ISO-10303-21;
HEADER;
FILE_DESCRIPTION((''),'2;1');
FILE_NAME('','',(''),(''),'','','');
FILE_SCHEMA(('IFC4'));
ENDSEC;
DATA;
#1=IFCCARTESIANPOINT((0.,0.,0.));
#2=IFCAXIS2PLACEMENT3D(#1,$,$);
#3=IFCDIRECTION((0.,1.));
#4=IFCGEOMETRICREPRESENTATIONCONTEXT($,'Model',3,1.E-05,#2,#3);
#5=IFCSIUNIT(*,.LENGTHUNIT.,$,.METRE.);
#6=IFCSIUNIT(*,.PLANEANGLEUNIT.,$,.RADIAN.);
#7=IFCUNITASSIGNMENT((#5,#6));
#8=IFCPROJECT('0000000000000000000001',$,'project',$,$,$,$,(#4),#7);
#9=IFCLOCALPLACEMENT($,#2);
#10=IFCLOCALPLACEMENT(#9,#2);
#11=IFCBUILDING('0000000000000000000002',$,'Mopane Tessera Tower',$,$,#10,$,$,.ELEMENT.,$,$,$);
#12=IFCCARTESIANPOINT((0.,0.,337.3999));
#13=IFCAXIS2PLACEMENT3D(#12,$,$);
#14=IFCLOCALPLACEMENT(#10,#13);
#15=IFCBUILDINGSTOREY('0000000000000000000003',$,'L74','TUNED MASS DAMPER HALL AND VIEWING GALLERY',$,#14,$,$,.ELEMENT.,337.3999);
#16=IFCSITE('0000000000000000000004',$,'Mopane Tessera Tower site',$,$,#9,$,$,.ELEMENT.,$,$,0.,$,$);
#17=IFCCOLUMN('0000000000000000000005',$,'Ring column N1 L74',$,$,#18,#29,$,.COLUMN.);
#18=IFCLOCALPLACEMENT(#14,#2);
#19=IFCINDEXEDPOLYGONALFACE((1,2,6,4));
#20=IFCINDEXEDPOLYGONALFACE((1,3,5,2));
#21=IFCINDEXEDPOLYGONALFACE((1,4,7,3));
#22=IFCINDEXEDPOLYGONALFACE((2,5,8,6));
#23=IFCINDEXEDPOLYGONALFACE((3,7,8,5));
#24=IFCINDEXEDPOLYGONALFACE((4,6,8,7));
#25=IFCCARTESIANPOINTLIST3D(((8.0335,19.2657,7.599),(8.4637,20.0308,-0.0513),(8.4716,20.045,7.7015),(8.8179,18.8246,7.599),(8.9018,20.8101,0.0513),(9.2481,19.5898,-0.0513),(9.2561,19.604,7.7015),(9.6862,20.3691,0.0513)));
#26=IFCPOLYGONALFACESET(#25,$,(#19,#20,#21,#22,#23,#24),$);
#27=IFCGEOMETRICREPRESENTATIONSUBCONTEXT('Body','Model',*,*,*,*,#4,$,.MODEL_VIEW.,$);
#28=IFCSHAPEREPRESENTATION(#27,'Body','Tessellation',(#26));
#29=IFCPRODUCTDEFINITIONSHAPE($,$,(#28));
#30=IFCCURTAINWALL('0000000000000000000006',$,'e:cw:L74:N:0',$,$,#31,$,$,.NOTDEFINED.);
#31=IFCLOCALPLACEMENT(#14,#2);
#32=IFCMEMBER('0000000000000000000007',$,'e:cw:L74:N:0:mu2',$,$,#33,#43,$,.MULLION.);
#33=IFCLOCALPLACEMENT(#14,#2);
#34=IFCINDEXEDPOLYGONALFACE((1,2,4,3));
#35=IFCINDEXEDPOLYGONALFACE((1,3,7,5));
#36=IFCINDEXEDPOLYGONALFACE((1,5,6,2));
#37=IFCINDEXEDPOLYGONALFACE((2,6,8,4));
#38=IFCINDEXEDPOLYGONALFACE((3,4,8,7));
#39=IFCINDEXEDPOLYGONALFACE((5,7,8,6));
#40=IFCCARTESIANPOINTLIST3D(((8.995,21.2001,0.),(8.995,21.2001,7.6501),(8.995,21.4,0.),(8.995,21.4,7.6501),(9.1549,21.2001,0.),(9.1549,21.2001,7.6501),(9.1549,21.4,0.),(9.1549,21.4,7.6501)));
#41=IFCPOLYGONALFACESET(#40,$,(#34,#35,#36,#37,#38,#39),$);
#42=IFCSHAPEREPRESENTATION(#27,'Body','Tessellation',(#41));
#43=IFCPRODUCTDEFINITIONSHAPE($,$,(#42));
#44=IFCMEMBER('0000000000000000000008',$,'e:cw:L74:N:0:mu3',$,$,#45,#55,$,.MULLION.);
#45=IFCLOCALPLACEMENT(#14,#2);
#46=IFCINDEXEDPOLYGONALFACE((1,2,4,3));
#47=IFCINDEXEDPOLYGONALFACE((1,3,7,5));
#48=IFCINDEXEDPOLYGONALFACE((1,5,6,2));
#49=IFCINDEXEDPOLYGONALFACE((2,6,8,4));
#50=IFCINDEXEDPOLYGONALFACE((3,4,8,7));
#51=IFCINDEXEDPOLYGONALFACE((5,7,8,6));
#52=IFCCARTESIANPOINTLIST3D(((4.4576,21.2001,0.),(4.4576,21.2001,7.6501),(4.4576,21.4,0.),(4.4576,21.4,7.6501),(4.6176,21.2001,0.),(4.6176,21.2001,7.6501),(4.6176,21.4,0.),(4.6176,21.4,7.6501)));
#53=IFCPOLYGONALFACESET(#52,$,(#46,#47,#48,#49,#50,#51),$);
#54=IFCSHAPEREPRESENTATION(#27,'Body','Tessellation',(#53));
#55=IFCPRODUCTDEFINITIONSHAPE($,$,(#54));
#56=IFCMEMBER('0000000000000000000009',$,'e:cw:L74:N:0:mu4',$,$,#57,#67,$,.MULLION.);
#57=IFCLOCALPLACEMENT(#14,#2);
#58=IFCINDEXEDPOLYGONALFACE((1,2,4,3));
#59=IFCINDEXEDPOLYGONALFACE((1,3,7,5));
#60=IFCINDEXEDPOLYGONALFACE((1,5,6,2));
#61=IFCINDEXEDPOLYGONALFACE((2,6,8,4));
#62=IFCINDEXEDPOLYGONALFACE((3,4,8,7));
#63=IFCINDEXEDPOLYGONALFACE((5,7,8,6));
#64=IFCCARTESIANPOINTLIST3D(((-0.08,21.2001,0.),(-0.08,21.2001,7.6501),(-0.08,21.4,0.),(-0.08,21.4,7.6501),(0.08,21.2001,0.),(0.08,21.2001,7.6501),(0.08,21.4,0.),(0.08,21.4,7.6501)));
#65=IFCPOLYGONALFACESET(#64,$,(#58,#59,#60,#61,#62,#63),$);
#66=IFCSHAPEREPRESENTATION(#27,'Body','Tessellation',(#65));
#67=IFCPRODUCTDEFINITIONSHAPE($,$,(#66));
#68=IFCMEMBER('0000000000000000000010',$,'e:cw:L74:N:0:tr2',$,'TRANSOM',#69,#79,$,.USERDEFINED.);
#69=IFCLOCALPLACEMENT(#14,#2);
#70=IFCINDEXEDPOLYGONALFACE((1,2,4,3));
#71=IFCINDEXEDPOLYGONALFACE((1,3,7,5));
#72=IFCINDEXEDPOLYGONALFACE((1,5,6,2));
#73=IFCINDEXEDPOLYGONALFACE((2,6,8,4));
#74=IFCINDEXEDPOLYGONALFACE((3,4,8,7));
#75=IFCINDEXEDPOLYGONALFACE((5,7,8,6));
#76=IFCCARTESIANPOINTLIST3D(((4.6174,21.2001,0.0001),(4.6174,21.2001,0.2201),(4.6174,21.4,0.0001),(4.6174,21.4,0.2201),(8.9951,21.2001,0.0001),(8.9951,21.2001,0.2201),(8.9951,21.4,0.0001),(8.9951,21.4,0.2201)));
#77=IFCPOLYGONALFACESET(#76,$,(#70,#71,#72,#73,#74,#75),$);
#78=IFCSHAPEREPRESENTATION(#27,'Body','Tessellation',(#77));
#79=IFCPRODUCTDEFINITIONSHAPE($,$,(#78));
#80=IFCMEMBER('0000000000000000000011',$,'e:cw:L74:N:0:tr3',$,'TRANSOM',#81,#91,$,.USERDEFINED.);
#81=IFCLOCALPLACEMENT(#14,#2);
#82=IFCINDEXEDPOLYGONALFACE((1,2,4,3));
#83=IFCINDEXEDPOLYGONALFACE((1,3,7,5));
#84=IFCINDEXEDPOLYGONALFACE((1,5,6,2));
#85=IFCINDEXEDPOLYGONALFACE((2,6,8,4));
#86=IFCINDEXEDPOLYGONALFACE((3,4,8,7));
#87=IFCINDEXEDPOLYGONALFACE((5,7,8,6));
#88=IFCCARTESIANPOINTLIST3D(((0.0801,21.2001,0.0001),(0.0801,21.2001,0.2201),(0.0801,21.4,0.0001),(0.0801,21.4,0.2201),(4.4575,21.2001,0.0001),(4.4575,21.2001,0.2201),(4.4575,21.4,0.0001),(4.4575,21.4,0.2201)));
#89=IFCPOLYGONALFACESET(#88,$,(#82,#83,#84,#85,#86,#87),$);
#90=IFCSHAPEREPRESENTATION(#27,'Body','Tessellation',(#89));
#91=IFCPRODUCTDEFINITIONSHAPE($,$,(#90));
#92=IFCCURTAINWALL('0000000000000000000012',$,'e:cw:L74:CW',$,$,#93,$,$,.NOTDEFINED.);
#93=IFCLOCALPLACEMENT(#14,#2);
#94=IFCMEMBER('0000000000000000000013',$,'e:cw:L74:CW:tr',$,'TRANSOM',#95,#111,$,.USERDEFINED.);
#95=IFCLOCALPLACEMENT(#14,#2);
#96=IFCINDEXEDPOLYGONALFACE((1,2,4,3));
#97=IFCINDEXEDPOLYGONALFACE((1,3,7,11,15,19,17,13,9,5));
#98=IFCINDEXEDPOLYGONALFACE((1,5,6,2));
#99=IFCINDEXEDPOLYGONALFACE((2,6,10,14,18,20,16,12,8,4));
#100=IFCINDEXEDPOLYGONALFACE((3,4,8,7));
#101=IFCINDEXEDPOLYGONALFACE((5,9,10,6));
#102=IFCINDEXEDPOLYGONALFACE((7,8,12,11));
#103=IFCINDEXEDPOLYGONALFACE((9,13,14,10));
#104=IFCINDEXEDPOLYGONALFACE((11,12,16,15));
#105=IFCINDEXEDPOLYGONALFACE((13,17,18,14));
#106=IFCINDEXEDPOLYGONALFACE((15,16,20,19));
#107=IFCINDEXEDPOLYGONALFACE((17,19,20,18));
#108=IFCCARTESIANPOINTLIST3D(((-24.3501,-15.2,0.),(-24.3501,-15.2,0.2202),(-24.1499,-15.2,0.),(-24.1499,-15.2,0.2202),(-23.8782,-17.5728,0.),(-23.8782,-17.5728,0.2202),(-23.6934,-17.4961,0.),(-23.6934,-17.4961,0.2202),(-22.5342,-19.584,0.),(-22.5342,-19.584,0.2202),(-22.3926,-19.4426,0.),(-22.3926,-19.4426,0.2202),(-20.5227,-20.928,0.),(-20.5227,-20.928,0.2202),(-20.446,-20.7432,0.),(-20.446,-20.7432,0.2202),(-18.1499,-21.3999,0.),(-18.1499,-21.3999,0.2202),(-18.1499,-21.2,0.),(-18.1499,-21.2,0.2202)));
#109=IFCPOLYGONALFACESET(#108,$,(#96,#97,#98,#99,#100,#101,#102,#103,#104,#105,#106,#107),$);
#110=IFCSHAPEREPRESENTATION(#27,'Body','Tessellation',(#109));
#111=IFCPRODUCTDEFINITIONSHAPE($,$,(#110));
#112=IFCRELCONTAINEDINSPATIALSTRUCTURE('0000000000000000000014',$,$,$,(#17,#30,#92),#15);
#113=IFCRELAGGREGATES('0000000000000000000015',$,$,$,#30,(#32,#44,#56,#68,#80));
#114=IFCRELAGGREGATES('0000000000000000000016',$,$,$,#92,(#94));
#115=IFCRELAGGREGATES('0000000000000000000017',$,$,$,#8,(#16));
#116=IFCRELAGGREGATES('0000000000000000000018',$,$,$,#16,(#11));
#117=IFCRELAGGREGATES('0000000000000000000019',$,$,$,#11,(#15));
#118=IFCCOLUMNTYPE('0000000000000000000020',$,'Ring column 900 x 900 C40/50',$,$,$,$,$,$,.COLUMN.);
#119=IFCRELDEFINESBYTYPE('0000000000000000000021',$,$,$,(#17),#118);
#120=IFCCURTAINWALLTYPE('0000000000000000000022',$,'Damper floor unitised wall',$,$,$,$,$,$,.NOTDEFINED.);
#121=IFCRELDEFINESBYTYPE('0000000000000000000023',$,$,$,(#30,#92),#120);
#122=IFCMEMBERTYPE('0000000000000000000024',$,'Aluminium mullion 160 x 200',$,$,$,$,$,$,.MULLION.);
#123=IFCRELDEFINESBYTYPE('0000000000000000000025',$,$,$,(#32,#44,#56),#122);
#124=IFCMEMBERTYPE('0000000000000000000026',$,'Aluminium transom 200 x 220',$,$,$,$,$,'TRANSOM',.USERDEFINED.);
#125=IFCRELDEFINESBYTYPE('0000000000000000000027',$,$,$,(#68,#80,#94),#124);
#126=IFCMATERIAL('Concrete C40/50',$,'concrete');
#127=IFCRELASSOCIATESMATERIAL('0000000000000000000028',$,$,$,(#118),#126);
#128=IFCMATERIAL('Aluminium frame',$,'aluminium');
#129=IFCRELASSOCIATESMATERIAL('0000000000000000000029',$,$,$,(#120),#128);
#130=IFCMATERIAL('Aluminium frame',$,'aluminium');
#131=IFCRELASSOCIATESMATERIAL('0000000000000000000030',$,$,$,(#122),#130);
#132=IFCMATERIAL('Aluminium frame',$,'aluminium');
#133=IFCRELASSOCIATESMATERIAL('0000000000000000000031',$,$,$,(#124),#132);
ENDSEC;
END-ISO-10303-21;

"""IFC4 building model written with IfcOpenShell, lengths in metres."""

from ifc_helpers import new_model, si_unit, direction, frame, origin, origin_2d, place, context, subcontext, project, spatial, polyline, rectangle, outline, extrude, material, material_profile, profile_set, type_object, element, aggregate, save


model = new_model("IFC4")

# Units and contexts
model_context = context("Model", 3, precision=1e-05, world=origin(), true_north=direction((0.0, 1.0)))
body_context = subcontext(model_context, "Body", "Model", "MODEL_VIEW")
ifc_project = project(units=[si_unit("LENGTHUNIT", "METRE"), si_unit("PLANEANGLEUNIT", "RADIAN")], contexts=[model_context])

# Site, building, storey
site_placement = place(None, origin())
site = spatial("IfcSite", under=ifc_project, at=site_placement, Name="Mopane Tessera Tower site", CompositionType="ELEMENT", RefElevation=0.0)
building_placement = place(site_placement, origin())
building = spatial("IfcBuilding", under=site, at=building_placement, Name="Mopane Tessera Tower", CompositionType="ELEMENT")
storey_placement = place(building_placement, frame((0.0, 0.0, 337.3999)))
storey = spatial("IfcBuildingStorey", under=building, at=storey_placement, Name="L74", Description="TUNED MASS DAMPER HALL AND VIEWING GALLERY", CompositionType="ELEMENT", Elevation=337.3999)

# Column
ifc_material_1 = material(Name="Concrete C40/50", Category="concrete")
ifc_material_profile_1 = material_profile(ifc_material_1, rectangle(XDim=0.8999, YDim=0.8999, at=origin_2d()))
ifc_profile_set_1 = profile_set([ifc_material_profile_1], Name="Concrete C40/50")
column_type = type_object("IfcColumnType", Name="Ring column 900 x 900 C40/50", PredefinedType="COLUMN", material=ifc_profile_set_1)
column_placement = place(storey_placement, frame((9.075, 20.2, 0.0), z_axis=(-0.055865, -0.099364, 0.993482), x_axis=(0.87168, -0.490076, 0.0)))
element("IfcColumn", 1, at=column_placement, inside=storey, type_object=column_type, Name="Ring column N1 L74", PredefinedType="COLUMN", context=body_context, shape_type="SweptSolid", body=[
    extrude(rectangle(XDim=0.8999, YDim=0.8999, at=origin_2d()), origin(), (0.0, 0.0, 1.0), 7.7004),
])

# Curtain wall, members
ifc_material_2 = material(Name="Aluminium frame", Category="aluminium")
curtain_wall_type = type_object("IfcCurtainWallType", Name="Damper floor unitised wall", PredefinedType="NOTDEFINED", material=ifc_material_2)
curtain_wall_1_placement = place(storey_placement, origin())
curtain_wall_1 = element("IfcCurtainWall", 2, at=curtain_wall_1_placement, inside=storey, type_object=curtain_wall_type, Name="e:cw:L74:N:0", PredefinedType="NOTDEFINED")
ifc_material_3 = material(Name="Aluminium frame", Category="aluminium")
ifc_material_profile_2 = material_profile(ifc_material_3, rectangle(XDim=0.1599, YDim=0.2, at=origin_2d()))
ifc_profile_set_2 = profile_set([ifc_material_profile_2], Name="Aluminium frame")
member_type_1 = type_object("IfcMemberType", Name="Aluminium mullion 160 x 200", PredefinedType="MULLION", material=ifc_profile_set_2)
member_1_placement = place(storey_placement, frame((9.075, 21.3, 0.0), z_axis=(0.0, 0.0, 1.0), x_axis=(-1.0, 0.0, 0.0)))
member_1 = element("IfcMember", 3, at=member_1_placement, type_object=member_type_1, Name="e:cw:L74:N:0:mu2", PredefinedType="MULLION", context=body_context, shape_type="SweptSolid", body=[
    extrude(rectangle(XDim=0.1599, YDim=0.2, at=origin_2d()), origin(), (0.0, 0.0, 1.0), 7.6501),
])
member_2_placement = place(storey_placement, frame((4.5376, 21.3, 0.0), z_axis=(0.0, 0.0, 1.0), x_axis=(-1.0, 0.0, 0.0)))
member_2 = element("IfcMember", 4, at=member_2_placement, type_object=member_type_1, Name="e:cw:L74:N:0:mu3", PredefinedType="MULLION", context=body_context, shape_type="SweptSolid", body=[
    extrude(rectangle(XDim=0.1599, YDim=0.2, at=origin_2d()), origin(), (0.0, 0.0, 1.0), 7.6501),
])
member_3_placement = place(storey_placement, frame((0.0, 21.3, 0.0), z_axis=(0.0, 0.0, 1.0), x_axis=(-1.0, 0.0, 0.0)))
member_3 = element("IfcMember", 5, at=member_3_placement, type_object=member_type_1, Name="e:cw:L74:N:0:mu4", PredefinedType="MULLION", context=body_context, shape_type="SweptSolid", body=[
    extrude(rectangle(XDim=0.1599, YDim=0.2, at=origin_2d()), origin(), (0.0, 0.0, 1.0), 7.6501),
])
ifc_material_4 = material(Name="Aluminium frame", Category="aluminium")
ifc_material_profile_3 = material_profile(ifc_material_4, rectangle(XDim=0.2, YDim=0.22, at=origin_2d()))
ifc_profile_set_3 = profile_set([ifc_material_profile_3], Name="Aluminium frame")
member_type_2 = type_object("IfcMemberType", Name="Aluminium transom 200 x 220", ElementType="TRANSOM", PredefinedType="USERDEFINED", material=ifc_profile_set_3)
member_4_placement = place(storey_placement, frame((8.9951, 21.3, 0.1101), z_axis=(-1.0, 0.0, 0.0), x_axis=(0.0, -1.0, 0.0)))
member_4 = element("IfcMember", 6, at=member_4_placement, type_object=member_type_2, Name="e:cw:L74:N:0:tr2", ObjectType="TRANSOM", PredefinedType="USERDEFINED", context=body_context, shape_type="SweptSolid", body=[
    extrude(rectangle(XDim=0.2, YDim=0.22, at=origin_2d()), origin(), (0.0, 0.0, 1.0), 4.3777),
])
member_5_placement = place(storey_placement, frame((4.4575, 21.3, 0.1101), z_axis=(-1.0, 0.0, 0.0), x_axis=(0.0, -1.0, 0.0)))
member_5 = element("IfcMember", 7, at=member_5_placement, type_object=member_type_2, Name="e:cw:L74:N:0:tr3", ObjectType="TRANSOM", PredefinedType="USERDEFINED", context=body_context, shape_type="SweptSolid", body=[
    extrude(rectangle(XDim=0.2, YDim=0.22, at=origin_2d()), origin(), (0.0, 0.0, 1.0), 4.3774),
])

# Curtain wall, member
curtain_wall_2_placement = place(storey_placement, origin())
curtain_wall_2 = element("IfcCurtainWall", 8, at=curtain_wall_2_placement, inside=storey, type_object=curtain_wall_type, Name="e:cw:L74:CW", PredefinedType="NOTDEFINED")
member_6_placement = place(storey_placement, origin())
member_6 = element("IfcMember", 9, at=member_6_placement, type_object=member_type_2, Name="e:cw:L74:CW:tr", ObjectType="TRANSOM", PredefinedType="USERDEFINED", context=body_context, shape_type="SweptSolid", body=[
    extrude(outline(polyline([(-24.1499, -15.2), (-23.6934, -17.4961), (-22.3926, -19.4426), (-20.446, -20.7432), (-18.1499, -21.2), (-18.1499, -21.3999), (-20.5227, -20.928), (-22.5342, -19.584), (-23.8782, -17.5728), (-24.3501, -15.2), (-24.1499, -15.2)])), origin(), (0.0, 0.0, 1.0), 0.2202),
])

aggregate(curtain_wall_1, [member_1, member_2, member_3, member_4, member_5])
aggregate(curtain_wall_2, [member_6])

save(model, "model.ifc")
